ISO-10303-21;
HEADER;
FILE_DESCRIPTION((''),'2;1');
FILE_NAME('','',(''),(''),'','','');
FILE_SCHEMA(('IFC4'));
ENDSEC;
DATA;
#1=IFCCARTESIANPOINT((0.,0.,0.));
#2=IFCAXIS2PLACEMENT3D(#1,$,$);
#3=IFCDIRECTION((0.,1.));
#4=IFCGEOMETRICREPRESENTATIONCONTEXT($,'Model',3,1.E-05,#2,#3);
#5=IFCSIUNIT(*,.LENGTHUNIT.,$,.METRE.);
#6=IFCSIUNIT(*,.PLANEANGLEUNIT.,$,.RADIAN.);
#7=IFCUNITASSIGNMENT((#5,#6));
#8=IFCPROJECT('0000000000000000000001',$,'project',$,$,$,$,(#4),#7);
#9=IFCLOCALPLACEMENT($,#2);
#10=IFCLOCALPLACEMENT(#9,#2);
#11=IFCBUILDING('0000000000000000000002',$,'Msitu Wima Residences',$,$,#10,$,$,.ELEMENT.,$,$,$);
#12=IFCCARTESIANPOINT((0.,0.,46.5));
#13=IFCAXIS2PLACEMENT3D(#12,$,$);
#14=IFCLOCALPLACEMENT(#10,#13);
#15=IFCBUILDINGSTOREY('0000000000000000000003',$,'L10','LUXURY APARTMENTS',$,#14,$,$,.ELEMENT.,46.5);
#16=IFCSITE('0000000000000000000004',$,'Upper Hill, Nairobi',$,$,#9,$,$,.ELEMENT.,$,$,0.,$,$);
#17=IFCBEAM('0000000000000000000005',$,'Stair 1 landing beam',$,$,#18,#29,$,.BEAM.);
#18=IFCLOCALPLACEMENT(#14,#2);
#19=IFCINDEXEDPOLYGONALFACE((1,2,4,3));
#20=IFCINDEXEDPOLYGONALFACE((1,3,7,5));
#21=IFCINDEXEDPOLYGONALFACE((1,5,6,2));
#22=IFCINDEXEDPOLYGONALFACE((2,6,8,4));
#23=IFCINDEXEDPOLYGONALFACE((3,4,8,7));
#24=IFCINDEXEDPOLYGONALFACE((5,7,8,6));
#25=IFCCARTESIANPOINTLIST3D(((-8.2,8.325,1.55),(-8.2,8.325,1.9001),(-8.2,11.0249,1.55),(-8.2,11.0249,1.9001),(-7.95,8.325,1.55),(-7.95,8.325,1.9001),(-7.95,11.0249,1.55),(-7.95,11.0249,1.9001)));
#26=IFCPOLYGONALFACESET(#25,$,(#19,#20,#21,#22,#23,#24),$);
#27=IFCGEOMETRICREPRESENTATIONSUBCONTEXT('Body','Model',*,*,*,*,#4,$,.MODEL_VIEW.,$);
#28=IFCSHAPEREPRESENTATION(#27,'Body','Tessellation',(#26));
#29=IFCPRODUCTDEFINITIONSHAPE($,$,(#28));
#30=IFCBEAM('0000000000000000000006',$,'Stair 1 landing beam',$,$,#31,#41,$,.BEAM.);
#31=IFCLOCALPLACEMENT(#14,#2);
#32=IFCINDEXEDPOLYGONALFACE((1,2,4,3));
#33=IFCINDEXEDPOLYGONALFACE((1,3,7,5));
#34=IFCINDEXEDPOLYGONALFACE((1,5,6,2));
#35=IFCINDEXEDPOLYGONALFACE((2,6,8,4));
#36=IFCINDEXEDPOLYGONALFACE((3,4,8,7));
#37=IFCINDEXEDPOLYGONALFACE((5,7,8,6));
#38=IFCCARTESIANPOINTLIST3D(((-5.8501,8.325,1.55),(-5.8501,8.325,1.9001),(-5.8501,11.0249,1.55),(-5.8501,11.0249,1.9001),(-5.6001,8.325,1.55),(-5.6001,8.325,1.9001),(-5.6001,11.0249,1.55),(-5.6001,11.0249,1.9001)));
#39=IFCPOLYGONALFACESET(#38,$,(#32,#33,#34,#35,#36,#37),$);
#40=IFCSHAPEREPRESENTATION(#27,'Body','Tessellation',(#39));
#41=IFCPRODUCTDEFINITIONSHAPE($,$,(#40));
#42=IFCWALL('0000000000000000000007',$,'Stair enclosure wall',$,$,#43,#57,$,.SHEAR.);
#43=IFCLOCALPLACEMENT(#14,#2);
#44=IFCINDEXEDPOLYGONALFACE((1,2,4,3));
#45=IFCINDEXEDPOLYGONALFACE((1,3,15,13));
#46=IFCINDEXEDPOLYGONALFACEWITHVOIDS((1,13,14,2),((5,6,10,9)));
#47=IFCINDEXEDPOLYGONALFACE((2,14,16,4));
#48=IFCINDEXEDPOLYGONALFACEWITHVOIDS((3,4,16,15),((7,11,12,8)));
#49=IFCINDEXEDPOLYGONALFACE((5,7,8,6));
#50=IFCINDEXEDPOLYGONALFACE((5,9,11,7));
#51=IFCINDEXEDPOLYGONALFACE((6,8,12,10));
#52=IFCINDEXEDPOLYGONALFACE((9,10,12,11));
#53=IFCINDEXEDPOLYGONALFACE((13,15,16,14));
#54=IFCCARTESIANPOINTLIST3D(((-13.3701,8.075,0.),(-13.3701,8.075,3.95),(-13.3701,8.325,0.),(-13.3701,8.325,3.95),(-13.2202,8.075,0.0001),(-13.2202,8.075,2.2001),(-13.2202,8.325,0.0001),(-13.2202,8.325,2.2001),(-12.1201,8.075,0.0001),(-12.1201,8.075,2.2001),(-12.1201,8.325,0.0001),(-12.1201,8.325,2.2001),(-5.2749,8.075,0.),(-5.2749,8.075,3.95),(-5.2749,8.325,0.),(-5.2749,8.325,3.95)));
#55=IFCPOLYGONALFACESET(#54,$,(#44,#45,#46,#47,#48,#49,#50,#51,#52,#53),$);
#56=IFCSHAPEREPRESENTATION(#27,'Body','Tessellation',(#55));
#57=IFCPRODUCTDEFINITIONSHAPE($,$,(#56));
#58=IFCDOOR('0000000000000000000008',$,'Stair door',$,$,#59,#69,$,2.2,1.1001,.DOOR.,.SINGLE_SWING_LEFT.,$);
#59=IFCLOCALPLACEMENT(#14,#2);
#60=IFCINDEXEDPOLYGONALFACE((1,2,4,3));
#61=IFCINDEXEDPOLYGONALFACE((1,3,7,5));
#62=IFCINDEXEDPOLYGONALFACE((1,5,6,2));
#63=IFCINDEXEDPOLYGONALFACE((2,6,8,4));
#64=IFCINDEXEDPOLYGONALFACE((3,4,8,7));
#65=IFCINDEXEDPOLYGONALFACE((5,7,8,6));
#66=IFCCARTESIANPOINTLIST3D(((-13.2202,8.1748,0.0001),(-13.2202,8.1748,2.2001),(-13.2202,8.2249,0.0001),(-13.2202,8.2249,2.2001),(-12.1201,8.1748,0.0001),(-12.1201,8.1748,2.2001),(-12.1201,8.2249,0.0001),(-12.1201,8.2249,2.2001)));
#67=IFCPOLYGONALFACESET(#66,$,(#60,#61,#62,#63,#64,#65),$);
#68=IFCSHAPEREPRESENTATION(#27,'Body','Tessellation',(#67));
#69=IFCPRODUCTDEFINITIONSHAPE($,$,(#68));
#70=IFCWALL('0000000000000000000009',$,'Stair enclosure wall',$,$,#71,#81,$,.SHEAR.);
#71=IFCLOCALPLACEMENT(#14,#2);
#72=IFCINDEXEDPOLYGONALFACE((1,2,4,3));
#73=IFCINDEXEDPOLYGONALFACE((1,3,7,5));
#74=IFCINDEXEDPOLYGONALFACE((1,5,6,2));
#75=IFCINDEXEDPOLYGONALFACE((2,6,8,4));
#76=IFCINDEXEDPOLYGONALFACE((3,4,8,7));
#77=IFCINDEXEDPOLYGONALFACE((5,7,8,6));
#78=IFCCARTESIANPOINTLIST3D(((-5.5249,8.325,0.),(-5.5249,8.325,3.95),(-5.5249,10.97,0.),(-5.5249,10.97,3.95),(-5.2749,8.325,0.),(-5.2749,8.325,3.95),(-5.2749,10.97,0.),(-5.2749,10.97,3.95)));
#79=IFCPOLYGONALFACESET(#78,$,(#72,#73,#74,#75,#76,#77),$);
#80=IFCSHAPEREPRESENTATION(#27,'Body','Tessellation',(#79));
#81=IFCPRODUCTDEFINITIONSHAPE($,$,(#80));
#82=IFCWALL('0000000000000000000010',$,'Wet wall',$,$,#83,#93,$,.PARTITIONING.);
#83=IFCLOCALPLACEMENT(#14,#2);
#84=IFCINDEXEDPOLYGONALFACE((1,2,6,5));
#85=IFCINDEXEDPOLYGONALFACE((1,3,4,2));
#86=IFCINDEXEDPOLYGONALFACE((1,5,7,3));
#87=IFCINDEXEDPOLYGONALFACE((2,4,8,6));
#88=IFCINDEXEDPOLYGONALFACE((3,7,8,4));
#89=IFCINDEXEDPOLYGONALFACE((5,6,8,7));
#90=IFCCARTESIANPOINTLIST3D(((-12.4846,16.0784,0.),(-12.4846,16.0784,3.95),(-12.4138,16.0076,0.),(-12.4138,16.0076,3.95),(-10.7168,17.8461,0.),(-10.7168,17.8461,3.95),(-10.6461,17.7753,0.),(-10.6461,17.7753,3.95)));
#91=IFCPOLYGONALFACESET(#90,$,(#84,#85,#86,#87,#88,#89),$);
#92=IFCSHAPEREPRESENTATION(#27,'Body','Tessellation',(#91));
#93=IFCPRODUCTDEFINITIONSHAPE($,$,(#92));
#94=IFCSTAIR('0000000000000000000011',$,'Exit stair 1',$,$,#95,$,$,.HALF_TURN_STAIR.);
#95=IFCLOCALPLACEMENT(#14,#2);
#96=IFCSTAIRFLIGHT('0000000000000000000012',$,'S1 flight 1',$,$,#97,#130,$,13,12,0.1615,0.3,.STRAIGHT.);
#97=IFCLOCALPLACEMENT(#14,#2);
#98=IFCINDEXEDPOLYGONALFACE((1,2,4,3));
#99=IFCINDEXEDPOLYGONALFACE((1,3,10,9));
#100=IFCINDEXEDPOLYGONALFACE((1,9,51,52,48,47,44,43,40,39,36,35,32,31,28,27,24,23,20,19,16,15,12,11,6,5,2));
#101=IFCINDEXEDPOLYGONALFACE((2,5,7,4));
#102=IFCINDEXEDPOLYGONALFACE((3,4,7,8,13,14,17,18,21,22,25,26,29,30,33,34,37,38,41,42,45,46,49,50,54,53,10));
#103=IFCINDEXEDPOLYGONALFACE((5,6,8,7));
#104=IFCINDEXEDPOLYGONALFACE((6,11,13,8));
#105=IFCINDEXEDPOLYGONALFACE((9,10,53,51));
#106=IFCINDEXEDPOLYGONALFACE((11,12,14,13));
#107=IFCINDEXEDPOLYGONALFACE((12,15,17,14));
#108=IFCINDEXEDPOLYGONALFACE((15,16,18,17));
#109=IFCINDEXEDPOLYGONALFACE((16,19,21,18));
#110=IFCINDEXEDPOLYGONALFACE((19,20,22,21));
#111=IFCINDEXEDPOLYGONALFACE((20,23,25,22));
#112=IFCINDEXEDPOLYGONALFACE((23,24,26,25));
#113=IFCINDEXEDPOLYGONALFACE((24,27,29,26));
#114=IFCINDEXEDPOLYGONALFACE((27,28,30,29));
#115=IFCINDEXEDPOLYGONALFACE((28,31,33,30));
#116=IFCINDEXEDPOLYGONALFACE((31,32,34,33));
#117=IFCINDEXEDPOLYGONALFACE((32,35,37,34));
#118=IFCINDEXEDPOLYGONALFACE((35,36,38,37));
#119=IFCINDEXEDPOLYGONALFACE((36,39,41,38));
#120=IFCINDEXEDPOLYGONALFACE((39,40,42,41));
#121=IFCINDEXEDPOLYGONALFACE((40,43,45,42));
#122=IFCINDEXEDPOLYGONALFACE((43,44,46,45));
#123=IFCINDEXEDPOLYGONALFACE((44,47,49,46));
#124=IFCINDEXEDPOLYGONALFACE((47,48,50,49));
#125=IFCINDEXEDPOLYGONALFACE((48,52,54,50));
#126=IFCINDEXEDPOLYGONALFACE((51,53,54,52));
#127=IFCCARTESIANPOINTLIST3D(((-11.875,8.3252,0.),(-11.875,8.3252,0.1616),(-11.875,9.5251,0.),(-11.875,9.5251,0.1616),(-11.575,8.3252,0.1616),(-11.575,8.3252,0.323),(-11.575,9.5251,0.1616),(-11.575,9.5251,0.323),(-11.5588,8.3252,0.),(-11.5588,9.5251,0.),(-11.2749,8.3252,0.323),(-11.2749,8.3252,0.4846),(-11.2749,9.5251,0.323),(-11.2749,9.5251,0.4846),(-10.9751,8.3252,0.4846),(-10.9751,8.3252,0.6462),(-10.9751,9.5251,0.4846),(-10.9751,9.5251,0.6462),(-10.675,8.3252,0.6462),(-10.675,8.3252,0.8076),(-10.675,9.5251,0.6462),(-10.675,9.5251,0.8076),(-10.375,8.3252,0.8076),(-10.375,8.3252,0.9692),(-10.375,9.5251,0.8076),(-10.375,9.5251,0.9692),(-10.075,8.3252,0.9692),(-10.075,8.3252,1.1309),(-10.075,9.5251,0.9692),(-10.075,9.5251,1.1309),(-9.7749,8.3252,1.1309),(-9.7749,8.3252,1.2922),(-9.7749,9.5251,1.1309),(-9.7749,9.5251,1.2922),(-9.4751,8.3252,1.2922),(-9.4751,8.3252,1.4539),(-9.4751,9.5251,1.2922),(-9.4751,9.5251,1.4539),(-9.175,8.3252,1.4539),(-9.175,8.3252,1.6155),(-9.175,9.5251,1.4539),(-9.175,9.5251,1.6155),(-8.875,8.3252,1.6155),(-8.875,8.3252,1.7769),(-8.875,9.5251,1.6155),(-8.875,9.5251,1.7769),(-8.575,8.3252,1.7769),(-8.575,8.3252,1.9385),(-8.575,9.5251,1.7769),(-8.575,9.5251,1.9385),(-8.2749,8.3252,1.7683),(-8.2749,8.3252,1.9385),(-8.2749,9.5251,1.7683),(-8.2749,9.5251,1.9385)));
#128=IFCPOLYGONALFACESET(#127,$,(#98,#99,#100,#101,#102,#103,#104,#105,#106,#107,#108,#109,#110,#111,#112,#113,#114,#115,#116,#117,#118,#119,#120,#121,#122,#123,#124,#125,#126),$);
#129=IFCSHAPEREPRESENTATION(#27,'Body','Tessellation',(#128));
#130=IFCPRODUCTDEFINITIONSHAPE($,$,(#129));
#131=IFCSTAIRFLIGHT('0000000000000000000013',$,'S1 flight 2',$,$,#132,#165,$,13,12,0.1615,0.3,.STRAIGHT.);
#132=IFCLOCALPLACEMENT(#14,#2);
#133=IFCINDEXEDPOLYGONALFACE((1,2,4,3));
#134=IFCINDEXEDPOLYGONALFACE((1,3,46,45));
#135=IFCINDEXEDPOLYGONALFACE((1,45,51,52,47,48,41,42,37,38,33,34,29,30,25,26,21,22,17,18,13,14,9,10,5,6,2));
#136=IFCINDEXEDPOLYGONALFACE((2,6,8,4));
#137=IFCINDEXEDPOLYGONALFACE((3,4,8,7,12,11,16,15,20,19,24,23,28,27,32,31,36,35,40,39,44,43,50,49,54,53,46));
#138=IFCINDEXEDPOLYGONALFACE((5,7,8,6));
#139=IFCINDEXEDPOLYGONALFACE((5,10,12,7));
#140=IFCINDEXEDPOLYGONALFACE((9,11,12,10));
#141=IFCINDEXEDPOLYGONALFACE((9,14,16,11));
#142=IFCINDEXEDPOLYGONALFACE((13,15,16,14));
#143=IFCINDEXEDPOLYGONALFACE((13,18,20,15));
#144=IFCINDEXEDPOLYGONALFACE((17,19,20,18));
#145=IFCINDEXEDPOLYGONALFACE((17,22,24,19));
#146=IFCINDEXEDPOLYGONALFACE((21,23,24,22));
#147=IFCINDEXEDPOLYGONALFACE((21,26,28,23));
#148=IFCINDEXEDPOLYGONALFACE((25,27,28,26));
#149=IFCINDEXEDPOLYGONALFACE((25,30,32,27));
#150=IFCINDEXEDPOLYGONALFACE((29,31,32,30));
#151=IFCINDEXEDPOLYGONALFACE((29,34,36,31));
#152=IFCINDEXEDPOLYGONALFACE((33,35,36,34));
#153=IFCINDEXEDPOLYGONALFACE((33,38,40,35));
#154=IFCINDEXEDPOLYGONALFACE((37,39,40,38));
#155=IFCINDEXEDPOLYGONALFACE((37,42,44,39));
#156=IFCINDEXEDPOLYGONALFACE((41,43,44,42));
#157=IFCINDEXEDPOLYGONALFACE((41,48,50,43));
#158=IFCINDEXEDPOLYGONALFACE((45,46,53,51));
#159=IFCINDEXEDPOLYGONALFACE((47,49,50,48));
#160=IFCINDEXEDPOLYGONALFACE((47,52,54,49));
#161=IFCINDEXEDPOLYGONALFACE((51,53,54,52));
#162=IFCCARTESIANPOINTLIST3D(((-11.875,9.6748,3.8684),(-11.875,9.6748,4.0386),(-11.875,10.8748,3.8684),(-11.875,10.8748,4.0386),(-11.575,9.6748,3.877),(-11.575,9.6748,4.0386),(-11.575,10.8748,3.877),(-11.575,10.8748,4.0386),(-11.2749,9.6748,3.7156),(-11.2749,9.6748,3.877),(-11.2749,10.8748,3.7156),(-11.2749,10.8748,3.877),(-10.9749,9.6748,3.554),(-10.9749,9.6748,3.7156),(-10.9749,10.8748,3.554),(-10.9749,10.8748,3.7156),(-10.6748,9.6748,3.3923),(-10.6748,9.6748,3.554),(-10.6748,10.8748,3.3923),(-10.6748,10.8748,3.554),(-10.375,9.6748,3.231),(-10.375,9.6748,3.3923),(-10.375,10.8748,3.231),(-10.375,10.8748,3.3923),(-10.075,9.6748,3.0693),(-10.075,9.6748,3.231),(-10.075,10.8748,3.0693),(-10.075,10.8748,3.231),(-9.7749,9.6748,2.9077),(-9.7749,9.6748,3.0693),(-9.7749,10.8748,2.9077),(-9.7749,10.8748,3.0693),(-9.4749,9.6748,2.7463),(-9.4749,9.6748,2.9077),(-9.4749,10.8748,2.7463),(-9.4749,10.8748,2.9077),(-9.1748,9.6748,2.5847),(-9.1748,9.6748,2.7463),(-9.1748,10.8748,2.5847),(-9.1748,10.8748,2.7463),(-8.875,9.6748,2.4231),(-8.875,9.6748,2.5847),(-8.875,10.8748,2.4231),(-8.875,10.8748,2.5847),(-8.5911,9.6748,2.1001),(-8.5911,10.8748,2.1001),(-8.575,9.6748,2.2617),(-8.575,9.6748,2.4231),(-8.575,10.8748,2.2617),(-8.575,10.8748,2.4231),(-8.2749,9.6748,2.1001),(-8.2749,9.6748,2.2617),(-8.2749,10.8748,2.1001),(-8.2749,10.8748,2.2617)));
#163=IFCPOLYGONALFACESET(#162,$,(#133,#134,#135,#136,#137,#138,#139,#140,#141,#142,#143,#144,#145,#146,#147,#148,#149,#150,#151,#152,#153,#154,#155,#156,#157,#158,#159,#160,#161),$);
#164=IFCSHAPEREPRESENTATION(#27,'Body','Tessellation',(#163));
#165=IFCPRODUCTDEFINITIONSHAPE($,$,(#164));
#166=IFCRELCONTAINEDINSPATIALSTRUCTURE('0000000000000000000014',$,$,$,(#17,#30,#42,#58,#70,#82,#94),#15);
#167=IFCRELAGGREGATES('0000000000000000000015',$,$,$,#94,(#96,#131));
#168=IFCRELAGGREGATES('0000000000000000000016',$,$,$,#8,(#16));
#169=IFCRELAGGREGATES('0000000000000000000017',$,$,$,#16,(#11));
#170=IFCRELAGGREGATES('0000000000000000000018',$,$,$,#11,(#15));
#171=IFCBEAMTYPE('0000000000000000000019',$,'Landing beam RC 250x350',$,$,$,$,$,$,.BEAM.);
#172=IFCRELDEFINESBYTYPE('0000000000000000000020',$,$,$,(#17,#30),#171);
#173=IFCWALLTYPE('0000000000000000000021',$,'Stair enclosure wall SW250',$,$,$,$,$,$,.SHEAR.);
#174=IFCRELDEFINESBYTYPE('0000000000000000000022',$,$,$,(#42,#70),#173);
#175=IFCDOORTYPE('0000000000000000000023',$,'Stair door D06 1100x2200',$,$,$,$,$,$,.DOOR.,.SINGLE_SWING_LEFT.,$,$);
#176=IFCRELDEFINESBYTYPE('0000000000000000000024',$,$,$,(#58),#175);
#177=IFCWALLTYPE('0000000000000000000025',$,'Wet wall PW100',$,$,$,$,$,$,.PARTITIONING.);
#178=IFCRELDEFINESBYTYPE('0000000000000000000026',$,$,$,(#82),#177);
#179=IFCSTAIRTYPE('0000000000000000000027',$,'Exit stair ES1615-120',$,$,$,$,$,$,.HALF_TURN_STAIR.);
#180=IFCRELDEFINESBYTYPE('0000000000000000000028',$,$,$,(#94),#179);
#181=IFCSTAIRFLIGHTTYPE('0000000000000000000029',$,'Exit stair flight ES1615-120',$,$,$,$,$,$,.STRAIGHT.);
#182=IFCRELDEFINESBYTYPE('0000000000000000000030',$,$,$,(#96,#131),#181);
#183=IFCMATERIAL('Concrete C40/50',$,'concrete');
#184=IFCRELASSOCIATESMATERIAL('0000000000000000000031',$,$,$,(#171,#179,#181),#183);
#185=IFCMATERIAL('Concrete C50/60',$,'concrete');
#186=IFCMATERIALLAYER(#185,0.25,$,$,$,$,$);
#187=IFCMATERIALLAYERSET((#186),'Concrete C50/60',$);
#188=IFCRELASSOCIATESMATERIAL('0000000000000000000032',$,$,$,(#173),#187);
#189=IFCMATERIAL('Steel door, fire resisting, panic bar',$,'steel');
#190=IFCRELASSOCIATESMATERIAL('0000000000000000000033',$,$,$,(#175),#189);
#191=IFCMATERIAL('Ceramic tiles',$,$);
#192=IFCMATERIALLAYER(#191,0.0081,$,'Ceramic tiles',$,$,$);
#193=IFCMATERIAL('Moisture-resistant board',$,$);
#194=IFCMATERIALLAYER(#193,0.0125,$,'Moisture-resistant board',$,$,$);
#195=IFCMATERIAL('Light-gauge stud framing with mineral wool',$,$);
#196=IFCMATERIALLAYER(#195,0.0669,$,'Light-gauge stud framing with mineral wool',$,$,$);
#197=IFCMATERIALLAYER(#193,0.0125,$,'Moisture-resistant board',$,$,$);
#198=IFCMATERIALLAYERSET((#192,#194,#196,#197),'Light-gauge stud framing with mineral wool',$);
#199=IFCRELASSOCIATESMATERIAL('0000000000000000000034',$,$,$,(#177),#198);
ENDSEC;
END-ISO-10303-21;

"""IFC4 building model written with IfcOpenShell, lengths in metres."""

from ifc_helpers import new_model, si_unit, direction, frame, frame_2d, origin, origin_2d, place, context, subcontext, project, spatial, polyline, rectangle, outline, extrude, material, layer, layer_set, material_profile, profile_set, type_object, element, fill, aggregate, save


model = new_model("IFC4")

# Units and contexts
model_context = context("Model", 3, precision=1e-05, world=origin(), true_north=direction((0.0, 1.0)))
body_context = subcontext(model_context, "Body", "Model", "MODEL_VIEW")
ifc_project = project(units=[si_unit("LENGTHUNIT", "METRE"), si_unit("PLANEANGLEUNIT", "RADIAN")], contexts=[model_context])

# Site, building, storey
site_placement = place(None, origin())
site = spatial("IfcSite", under=ifc_project, at=site_placement, Name="Upper Hill, Nairobi", CompositionType="ELEMENT", RefElevation=0.0)
building_placement = place(site_placement, origin())
building = spatial("IfcBuilding", under=site, at=building_placement, Name="Msitu Wima Residences", CompositionType="ELEMENT")
storey_placement = place(building_placement, frame((0.0, 0.0, 46.5)))
storey = spatial("IfcBuildingStorey", under=building, at=storey_placement, Name="L10", Description="LUXURY APARTMENTS", CompositionType="ELEMENT", Elevation=46.5)

# Beams
ifc_material_1 = material(Name="Concrete C40/50", Category="concrete")
ifc_material_profile = material_profile(ifc_material_1, rectangle(XDim=0.25, YDim=0.3501, at=origin_2d()), Name="RC 250x350")
ifc_profile_set = profile_set([ifc_material_profile], Name="Concrete C40/50")
beam_type = type_object("IfcBeamType", Name="Landing beam RC 250x350", PredefinedType="BEAM", material=ifc_profile_set)
for number, where, z_axis, x_axis, name in (
    (1, (-8.075, 8.325, 1.7251), (0.0, 1.0, 0.0), (-1.0, 0.0, 0.0), "Stair 1 landing beam"),
    (2, (-5.7251, 8.325, 1.7251), (0.0, 1.0, 0.0), (-1.0, 0.0, 0.0), "Stair 1 landing beam"),
):
    element("IfcBeam", number, at=place(storey_placement, frame(where, z_axis=z_axis, x_axis=x_axis)), inside=storey, type_object=beam_type, Name=name, PredefinedType="BEAM", context=body_context, shape_type="SweptSolid", body=[
        extrude(rectangle(XDim=0.25, YDim=0.3501, at=origin_2d()), origin(), (0.0, 0.0, 1.0), 2.7),
    ])

# Wall, opening, door
ifc_material_2 = material(Name="Concrete C50/60", Category="concrete")
ifc_layer_1 = layer(ifc_material_2, 0.25)
ifc_layer_set_1 = layer_set([ifc_layer_1], Name="Concrete C50/60")
wall_type_1 = type_object("IfcWallType", Name="Stair enclosure wall SW250", PredefinedType="SHEAR", material=ifc_layer_set_1)
wall_1_placement = place(storey_placement, frame((-13.3701, 8.2, 0.0), z_axis=(0.0, 0.0, 1.0), x_axis=(1.0, 0.0, 0.0)))
wall_1 = element("IfcWall", 3, at=wall_1_placement, inside=storey, type_object=wall_type_1, Name="Stair enclosure wall", PredefinedType="SHEAR", context=body_context, shape_type="SweptSolid", body=[
    extrude(rectangle(XDim=8.0952, YDim=0.25, at=frame_2d((4.0476, 0.0))), origin(), (0.0, 0.0, 1.0), 3.95),
])
opening_placement = place(wall_1_placement, frame((0.1499, 0.0, 0.0)))
opening = element("IfcOpeningElement", 4, at=opening_placement, cuts=wall_1, PredefinedType="OPENING", context=body_context, shape_type="SweptSolid", body=[
    extrude(rectangle(XDim=1.1001, YDim=2.2, at=frame_2d((0.55, 1.1001))), frame((0.0, 0.135, 0.0), z_axis=(0.0, -1.0, 0.0), x_axis=(1.0, 0.0, 0.0)), (0.0, 0.0, 1.0), 0.27),
])
ifc_material_3 = material(Name="Steel door, fire resisting, panic bar", Category="steel")
door_type = type_object("IfcDoorType", Name="Stair door D06 1100x2200", OperationType="SINGLE_SWING_LEFT", PredefinedType="DOOR", material=ifc_material_3)
door_placement = place(opening_placement, origin())
door = element("IfcDoor", 5, at=door_placement, inside=storey, type_object=door_type, Name="Stair door", OperationType="SINGLE_SWING_LEFT", OverallHeight=2.2, OverallWidth=1.1001, PredefinedType="DOOR", context=body_context, shape_type="SweptSolid", body=[
    extrude(rectangle(XDim=1.1001, YDim=2.2, at=frame_2d((0.55, 1.1001))), frame((0.0, 0.0249, 0.0), z_axis=(0.0, -1.0, 0.0), x_axis=(1.0, 0.0, 0.0)), (0.0, 0.0, 1.0), 0.05),
])
fill(opening, door)

# Walls
wall_2_placement = place(storey_placement, frame((-5.3999, 8.325, 0.0), z_axis=(0.0, 0.0, 1.0), x_axis=(0.0, 1.0, 0.0)))
element("IfcWall", 6, at=wall_2_placement, inside=storey, type_object=wall_type_1, Name="Stair enclosure wall", PredefinedType="SHEAR", context=body_context, shape_type="SweptSolid", body=[
    extrude(rectangle(XDim=2.645, YDim=0.25, at=frame_2d((1.3225, 0.0))), origin(), (0.0, 0.0, 1.0), 3.95),
])
ifc_material_4 = material(Name="Ceramic tiles")
ifc_layer_2 = layer(ifc_material_4, 0.0081, Name="Ceramic tiles")
ifc_material_5 = material(Name="Moisture-resistant board")
ifc_layer_3 = layer(ifc_material_5, 0.0125, Name="Moisture-resistant board")
ifc_material_6 = material(Name="Light-gauge stud framing with mineral wool")
ifc_layer_4 = layer(ifc_material_6, 0.0669, Name="Light-gauge stud framing with mineral wool")
ifc_layer_5 = layer(ifc_material_5, 0.0125, Name="Moisture-resistant board")
ifc_layer_set_2 = layer_set([ifc_layer_2, ifc_layer_3, ifc_layer_4, ifc_layer_5], Name="Light-gauge stud framing with mineral wool")
wall_type_2 = type_object("IfcWallType", Name="Wet wall PW100", PredefinedType="PARTITIONING", material=ifc_layer_set_2)
wall_3_placement = place(storey_placement, frame((-12.4492, 16.043, 0.0), z_axis=(0.0, 0.0, 1.0), x_axis=(0.707107, 0.707107, 0.0)))
element("IfcWall", 7, at=wall_3_placement, inside=storey, type_object=wall_type_2, Name="Wet wall", PredefinedType="PARTITIONING", context=body_context, shape_type="SweptSolid", body=[
    extrude(rectangle(XDim=2.5, YDim=0.1001, at=frame_2d((1.25, 0.0))), origin(), (0.0, 0.0, 1.0), 3.95),
])

# Stair, stair flights
stair_type = type_object("IfcStairType", Name="Exit stair ES1615-120", PredefinedType="HALF_TURN_STAIR", material=ifc_material_1)
stair_placement = place(storey_placement, origin())
stair = element("IfcStair", 8, at=stair_placement, inside=storey, type_object=stair_type, Name="Exit stair 1", PredefinedType="HALF_TURN_STAIR")
stair_flight_type = type_object("IfcStairFlightType", Name="Exit stair flight ES1615-120", PredefinedType="STRAIGHT", material=ifc_material_1)
stair_flight_1_placement = place(storey_placement, frame((-11.875, 8.925, 0.0), z_axis=(0.0, 0.0, 1.0), x_axis=(1.0, 0.0, 0.0)))
stair_flight_1 = element("IfcStairFlight", 9, at=stair_flight_1_placement, type_object=stair_flight_type, Name="S1 flight 1", NumberOfRisers=13, NumberOfTreads=12, PredefinedType="STRAIGHT", RiserHeight=0.1615, TreadLength=0.3, context=body_context, shape_type="SweptSolid", body=[
    extrude(outline(polyline([(0.0, 0.0), (0.0, 0.1616), (0.3, 0.1616), (0.3, 0.323), (0.6001, 0.323), (0.6001, 0.4846), (0.8999, 0.4846), (0.8999, 0.6462), (1.2, 0.6462), (1.2, 0.8076), (1.5, 0.8076), (1.5, 0.9692), (1.8, 0.9692), (1.8, 1.1309), (2.1001, 1.1309), (2.1001, 1.2922), (2.3999, 1.2922), (2.3999, 1.4539), (2.7, 1.4539), (2.7, 1.6155), (3.0, 1.6155), (3.0, 1.7769), (3.3, 1.7769), (3.3, 1.9385), (3.6001, 1.9385), (3.6001, 2.1001), (3.6001, 1.7683), (0.3162, 0.0), (0.0, 0.0)])), frame((0.0, 0.6001, 0.0), z_axis=(0.0, -1.0, 0.0), x_axis=(1.0, 0.0, 0.0)), (0.0, 0.0, 1.0), 1.2),
])
stair_flight_2_placement = place(storey_placement, frame((-8.2749, 10.2749, 2.1001), z_axis=(0.0, 0.0, 1.0), x_axis=(-1.0, 0.0, 0.0)))
stair_flight_2 = element("IfcStairFlight", 10, at=stair_flight_2_placement, type_object=stair_flight_type, Name="S1 flight 2", NumberOfRisers=13, NumberOfTreads=12, PredefinedType="STRAIGHT", RiserHeight=0.1615, TreadLength=0.3, context=body_context, shape_type="SweptSolid", body=[
    extrude(outline(polyline([(0.0, 0.0), (0.0, 0.1616), (0.3, 0.1616), (0.3, 0.323), (0.6001, 0.323), (0.6001, 0.4846), (0.8999, 0.4846), (0.8999, 0.6462), (1.2, 0.6462), (1.2, 0.8076), (1.5, 0.8076), (1.5, 0.9692), (1.8, 0.9692), (1.8, 1.1309), (2.1001, 1.1309), (2.1001, 1.2922), (2.3999, 1.2922), (2.3999, 1.4539), (2.7, 1.4539), (2.7, 1.6155), (3.0, 1.6155), (3.0, 1.7769), (3.3, 1.7769), (3.3, 1.9385), (3.6001, 1.9385), (3.6001, 2.1001), (3.6001, 1.7683), (0.3162, 0.0), (0.0, 0.0)])), frame((0.0, 0.6001, 0.0), z_axis=(0.0, -1.0, 0.0), x_axis=(1.0, 0.0, 0.0)), (0.0, 0.0, 1.0), 1.2),
])
aggregate(stair, [stair_flight_1, stair_flight_2])

save(model, "model.ifc")
